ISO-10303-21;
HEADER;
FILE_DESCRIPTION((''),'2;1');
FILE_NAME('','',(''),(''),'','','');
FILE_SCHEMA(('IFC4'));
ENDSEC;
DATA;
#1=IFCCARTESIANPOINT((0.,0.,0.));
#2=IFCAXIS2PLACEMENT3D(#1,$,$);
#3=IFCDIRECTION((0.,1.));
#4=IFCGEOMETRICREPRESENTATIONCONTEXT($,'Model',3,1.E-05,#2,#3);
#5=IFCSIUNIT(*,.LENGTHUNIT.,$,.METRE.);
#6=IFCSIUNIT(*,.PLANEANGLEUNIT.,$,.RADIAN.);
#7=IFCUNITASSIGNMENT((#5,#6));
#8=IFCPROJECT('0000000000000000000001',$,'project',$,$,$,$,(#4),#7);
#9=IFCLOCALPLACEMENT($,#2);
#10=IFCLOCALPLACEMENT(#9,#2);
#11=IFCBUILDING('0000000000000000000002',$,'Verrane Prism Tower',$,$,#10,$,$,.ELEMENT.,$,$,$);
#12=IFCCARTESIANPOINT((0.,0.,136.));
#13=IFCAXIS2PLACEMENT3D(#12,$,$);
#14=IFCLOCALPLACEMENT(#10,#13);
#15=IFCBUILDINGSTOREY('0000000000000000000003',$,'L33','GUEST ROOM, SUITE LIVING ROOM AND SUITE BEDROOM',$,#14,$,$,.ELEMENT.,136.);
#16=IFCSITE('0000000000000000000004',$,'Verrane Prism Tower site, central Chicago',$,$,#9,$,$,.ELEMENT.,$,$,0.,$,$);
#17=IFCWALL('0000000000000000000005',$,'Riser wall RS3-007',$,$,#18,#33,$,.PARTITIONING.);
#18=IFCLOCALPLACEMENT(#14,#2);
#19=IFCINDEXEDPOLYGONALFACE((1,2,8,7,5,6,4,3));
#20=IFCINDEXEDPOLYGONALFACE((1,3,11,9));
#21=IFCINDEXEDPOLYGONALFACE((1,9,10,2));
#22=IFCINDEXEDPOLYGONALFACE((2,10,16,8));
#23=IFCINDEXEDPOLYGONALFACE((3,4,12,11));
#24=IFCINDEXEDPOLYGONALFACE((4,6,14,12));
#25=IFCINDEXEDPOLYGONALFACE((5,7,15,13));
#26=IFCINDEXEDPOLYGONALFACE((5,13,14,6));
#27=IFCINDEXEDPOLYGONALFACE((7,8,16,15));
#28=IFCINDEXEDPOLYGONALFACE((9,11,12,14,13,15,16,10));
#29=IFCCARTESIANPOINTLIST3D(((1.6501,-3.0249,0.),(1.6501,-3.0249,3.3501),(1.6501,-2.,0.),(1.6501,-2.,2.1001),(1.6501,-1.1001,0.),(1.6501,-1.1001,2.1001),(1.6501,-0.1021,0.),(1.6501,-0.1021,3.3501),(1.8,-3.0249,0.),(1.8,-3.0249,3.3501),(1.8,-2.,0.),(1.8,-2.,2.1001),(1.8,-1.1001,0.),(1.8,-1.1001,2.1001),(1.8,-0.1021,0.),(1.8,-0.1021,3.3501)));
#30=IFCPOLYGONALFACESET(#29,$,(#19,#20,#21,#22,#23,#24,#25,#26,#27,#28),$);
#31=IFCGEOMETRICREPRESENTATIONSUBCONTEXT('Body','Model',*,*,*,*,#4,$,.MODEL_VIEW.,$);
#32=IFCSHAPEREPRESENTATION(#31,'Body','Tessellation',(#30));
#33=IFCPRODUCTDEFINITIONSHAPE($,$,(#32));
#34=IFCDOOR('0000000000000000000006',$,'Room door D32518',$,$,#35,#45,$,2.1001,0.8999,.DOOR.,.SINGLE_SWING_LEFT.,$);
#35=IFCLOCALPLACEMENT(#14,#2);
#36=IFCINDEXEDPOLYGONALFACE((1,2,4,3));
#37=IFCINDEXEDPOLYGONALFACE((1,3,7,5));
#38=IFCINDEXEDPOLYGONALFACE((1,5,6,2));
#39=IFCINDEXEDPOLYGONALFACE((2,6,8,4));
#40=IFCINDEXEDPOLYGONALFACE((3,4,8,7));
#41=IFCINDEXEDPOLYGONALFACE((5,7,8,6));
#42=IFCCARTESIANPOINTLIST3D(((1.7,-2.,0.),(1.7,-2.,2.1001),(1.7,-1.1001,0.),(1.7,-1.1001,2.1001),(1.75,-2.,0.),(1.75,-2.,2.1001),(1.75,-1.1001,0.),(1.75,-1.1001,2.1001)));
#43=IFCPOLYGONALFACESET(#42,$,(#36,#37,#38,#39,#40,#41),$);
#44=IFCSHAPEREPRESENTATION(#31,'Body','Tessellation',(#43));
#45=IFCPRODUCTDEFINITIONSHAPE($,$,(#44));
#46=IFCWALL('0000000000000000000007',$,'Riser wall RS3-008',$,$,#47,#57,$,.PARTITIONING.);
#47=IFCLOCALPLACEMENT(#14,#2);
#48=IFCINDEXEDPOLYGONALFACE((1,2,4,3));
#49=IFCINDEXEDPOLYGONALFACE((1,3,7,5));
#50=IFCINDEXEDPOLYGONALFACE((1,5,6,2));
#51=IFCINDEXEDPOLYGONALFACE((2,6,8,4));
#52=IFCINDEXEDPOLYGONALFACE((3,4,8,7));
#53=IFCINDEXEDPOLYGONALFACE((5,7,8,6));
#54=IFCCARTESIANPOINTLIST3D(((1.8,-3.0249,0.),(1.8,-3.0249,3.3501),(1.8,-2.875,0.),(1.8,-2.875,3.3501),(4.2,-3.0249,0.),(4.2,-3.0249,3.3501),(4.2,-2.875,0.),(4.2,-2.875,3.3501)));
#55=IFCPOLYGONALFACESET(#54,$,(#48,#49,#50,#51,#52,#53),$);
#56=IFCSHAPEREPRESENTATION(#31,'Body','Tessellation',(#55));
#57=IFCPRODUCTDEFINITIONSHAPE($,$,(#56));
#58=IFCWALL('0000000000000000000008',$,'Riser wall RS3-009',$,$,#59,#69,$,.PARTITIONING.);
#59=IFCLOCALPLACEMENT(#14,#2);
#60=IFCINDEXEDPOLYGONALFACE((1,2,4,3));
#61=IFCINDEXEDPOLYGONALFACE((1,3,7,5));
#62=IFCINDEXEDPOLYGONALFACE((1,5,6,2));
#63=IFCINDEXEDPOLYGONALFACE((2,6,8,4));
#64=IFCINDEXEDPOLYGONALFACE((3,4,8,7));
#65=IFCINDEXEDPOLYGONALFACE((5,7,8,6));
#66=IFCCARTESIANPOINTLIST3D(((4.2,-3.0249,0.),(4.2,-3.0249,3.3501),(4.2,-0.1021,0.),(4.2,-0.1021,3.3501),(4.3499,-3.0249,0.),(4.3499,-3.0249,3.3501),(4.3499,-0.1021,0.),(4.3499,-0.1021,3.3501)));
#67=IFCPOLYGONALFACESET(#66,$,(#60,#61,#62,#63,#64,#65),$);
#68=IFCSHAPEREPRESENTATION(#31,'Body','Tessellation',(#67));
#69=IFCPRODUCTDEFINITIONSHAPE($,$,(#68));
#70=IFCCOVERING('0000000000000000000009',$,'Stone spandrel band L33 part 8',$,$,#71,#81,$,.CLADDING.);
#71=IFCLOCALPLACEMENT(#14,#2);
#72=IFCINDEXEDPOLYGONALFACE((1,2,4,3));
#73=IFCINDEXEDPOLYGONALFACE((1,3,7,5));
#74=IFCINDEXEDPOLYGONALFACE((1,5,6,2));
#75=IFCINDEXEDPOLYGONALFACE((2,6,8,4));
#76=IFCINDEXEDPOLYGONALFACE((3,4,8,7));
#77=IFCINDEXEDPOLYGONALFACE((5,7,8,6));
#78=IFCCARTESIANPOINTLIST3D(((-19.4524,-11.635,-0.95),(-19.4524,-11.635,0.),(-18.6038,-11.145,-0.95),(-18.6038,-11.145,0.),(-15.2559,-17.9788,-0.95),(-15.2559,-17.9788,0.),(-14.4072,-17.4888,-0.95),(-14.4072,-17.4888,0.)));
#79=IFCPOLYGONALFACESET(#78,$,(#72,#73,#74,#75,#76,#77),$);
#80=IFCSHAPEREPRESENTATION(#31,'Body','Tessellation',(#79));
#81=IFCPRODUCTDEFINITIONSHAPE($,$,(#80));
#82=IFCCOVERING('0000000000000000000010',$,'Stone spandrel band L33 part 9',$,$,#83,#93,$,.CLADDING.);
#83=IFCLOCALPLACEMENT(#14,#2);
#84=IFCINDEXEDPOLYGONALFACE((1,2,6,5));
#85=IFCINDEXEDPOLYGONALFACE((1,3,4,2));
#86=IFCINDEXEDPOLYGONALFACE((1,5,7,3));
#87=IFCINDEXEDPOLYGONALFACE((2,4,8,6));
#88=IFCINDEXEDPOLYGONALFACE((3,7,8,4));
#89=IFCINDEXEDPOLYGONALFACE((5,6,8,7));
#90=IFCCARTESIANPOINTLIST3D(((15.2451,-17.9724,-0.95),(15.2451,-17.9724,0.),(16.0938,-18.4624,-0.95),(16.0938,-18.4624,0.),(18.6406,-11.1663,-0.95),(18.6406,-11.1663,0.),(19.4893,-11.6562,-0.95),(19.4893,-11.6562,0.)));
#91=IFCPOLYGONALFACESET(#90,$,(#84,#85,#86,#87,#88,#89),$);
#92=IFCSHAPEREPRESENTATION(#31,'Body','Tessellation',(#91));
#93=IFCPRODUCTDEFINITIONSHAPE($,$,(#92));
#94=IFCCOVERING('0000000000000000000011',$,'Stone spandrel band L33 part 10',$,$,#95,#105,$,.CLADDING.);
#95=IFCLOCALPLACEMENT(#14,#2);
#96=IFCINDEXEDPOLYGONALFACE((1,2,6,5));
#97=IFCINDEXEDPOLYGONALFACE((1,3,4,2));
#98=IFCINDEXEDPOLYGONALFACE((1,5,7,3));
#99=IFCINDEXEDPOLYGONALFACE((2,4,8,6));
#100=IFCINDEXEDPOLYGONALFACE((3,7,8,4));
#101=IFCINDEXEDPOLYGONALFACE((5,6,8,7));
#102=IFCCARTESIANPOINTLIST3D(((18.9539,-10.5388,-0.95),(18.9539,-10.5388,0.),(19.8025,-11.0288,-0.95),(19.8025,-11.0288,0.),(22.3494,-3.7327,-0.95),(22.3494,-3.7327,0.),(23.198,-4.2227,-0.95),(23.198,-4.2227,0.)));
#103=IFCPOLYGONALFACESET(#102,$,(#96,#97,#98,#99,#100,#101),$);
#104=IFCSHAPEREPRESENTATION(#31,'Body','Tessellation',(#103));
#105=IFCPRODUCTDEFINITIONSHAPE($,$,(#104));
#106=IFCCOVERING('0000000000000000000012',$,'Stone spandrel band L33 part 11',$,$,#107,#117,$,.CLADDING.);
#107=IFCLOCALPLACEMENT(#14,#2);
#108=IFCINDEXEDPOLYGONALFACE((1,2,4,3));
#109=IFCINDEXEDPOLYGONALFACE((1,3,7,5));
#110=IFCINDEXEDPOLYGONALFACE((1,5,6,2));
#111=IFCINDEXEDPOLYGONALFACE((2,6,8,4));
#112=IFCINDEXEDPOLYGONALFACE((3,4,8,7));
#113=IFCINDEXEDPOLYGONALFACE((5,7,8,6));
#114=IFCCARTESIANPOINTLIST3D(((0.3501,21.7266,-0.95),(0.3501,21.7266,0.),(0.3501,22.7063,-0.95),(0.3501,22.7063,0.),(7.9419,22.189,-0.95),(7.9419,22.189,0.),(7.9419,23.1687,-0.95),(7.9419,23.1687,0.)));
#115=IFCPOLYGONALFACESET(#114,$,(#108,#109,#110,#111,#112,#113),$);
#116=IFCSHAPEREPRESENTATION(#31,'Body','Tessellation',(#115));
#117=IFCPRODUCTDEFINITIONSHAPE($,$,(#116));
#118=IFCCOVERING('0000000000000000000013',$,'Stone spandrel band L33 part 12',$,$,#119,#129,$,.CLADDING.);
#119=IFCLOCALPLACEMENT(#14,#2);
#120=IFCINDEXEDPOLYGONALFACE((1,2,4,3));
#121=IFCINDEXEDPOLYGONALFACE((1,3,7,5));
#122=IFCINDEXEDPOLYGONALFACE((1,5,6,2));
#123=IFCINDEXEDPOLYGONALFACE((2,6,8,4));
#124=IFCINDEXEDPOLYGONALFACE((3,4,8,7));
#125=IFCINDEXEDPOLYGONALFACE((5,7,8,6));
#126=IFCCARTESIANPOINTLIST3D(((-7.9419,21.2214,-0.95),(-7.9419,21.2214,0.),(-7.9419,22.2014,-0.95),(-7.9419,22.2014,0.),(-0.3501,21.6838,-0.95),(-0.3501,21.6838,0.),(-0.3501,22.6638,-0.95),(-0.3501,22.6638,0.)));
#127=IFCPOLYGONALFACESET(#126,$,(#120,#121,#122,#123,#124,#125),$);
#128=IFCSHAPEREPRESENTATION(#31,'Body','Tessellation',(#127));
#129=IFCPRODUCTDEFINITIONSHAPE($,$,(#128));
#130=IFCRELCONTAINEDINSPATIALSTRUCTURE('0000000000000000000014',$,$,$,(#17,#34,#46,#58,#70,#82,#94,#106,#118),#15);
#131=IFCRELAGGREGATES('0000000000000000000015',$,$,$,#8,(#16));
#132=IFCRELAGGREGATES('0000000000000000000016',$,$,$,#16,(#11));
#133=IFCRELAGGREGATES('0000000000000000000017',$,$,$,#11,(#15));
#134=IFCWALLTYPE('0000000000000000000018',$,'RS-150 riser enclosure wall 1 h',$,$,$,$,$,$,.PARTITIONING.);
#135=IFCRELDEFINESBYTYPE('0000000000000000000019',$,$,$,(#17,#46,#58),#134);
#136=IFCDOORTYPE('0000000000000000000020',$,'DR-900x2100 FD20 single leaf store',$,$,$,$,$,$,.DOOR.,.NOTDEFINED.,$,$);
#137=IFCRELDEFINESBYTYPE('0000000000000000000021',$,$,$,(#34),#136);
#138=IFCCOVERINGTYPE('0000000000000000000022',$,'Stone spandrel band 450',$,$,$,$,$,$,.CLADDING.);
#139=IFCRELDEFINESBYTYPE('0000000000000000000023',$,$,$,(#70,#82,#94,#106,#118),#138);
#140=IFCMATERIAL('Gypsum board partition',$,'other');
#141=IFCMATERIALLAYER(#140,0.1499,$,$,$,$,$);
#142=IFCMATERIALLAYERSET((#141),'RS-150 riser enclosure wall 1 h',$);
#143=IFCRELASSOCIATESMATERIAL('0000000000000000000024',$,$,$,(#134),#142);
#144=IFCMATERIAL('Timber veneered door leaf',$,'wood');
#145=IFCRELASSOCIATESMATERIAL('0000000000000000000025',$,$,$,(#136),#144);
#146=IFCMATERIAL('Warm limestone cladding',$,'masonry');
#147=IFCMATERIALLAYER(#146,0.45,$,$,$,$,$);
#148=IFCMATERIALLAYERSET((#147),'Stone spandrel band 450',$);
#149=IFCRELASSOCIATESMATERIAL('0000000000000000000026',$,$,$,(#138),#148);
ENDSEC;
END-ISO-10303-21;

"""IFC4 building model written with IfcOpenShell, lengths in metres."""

from ifc_helpers import new_model, si_unit, direction, frame, frame_2d, origin, place, context, subcontext, project, spatial, polyline, rectangle, outline, extrude, material, layer, layer_set, type_object, element, fill, save


model = new_model("IFC4")

# Units and contexts
model_context = context("Model", 3, precision=1e-05, world=origin(), true_north=direction((0.0, 1.0)))
body_context = subcontext(model_context, "Body", "Model", "MODEL_VIEW")
ifc_project = project(units=[si_unit("LENGTHUNIT", "METRE"), si_unit("PLANEANGLEUNIT", "RADIAN")], contexts=[model_context])

# Site, building, storey
site_placement = place(None, origin())
site = spatial("IfcSite", under=ifc_project, at=site_placement, Name="Verrane Prism Tower site, central Chicago", CompositionType="ELEMENT", RefElevation=0.0)
building_placement = place(site_placement, origin())
building = spatial("IfcBuilding", under=site, at=building_placement, Name="Verrane Prism Tower", CompositionType="ELEMENT")
storey_placement = place(building_placement, frame((0.0, 0.0, 136.0)))
storey = spatial("IfcBuildingStorey", under=building, at=storey_placement, Name="L33", Description="GUEST ROOM, SUITE LIVING ROOM AND SUITE BEDROOM", CompositionType="ELEMENT", Elevation=136.0)

# Wall, opening, door
ifc_material_1 = material(Name="Gypsum board partition", Category="other")
ifc_layer_1 = layer(ifc_material_1, 0.1499)
ifc_layer_set_1 = layer_set([ifc_layer_1], Name="RS-150 riser enclosure wall 1 h")
wall_type_1 = type_object("IfcWallType", Name="RS-150 riser enclosure wall 1 h", PredefinedType="PARTITIONING", material=ifc_layer_set_1)
wall_1_placement = place(storey_placement, frame((1.7251, -0.1021, 0.0), z_axis=(0.0, 0.0, 1.0), x_axis=(0.0, -1.0, 0.0)))
wall_1 = element("IfcWall", 1, at=wall_1_placement, inside=storey, type_object=wall_type_1, Name="Riser wall RS3-007", PredefinedType="PARTITIONING", context=body_context, shape_type="SweptSolid", body=[
    extrude(rectangle(XDim=2.9229, YDim=0.1499, at=frame_2d((1.4614, 0.0))), origin(), (0.0, 0.0, 1.0), 3.3501),
])
opening_1_placement = place(wall_1_placement, frame((0.998, 0.0, 0.0)))
opening_1 = element("IfcOpeningElement", 2, at=opening_1_placement, cuts=wall_1, PredefinedType="OPENING", context=body_context, shape_type="SweptSolid", body=[
    extrude(rectangle(XDim=0.8999, YDim=2.1001, at=frame_2d((0.45, 1.05))), frame((0.0, 0.085, 0.0), z_axis=(0.0, -1.0, 0.0), x_axis=(1.0, 0.0, 0.0)), (0.0, 0.0, 1.0), 0.1699),
])
ifc_material_2 = material(Name="Timber veneered door leaf", Category="wood")
door_type_1 = type_object("IfcDoorType", Name="DR-900x2100 FD20 single leaf store", OperationType="NOTDEFINED", PredefinedType="DOOR", material=ifc_material_2)
door_1_placement = place(opening_1_placement, origin())
door_1 = element("IfcDoor", 3, at=door_1_placement, inside=storey, type_object=door_type_1, Name="Room door D32518", OperationType="SINGLE_SWING_LEFT", OverallHeight=2.1001, OverallWidth=0.8999, PredefinedType="DOOR", context=body_context, shape_type="SweptSolid", body=[
    extrude(rectangle(XDim=0.8999, YDim=2.1001, at=frame_2d((0.45, 1.05))), frame((0.0, 0.0249, 0.0), z_axis=(0.0, -1.0, 0.0), x_axis=(1.0, 0.0, 0.0)), (0.0, 0.0, 1.0), 0.05),
])
fill(opening_1, door_1)

# Walls
wall_2_placement = place(storey_placement, frame((1.8, -2.95, 0.0), z_axis=(0.0, 0.0, 1.0), x_axis=(1.0, 0.0, 0.0)))
element("IfcWall", 4, at=wall_2_placement, inside=storey, type_object=wall_type_1, Name="Riser wall RS3-008", PredefinedType="PARTITIONING", context=body_context, shape_type="SweptSolid", body=[
    extrude(rectangle(XDim=2.3999, YDim=0.1499, at=frame_2d((1.2, 0.0))), origin(), (0.0, 0.0, 1.0), 3.3501),
])
wall_3_placement = place(storey_placement, frame((4.2749, -3.0249, 0.0), z_axis=(0.0, 0.0, 1.0), x_axis=(0.0, 1.0, 0.0)))
element("IfcWall", 5, at=wall_3_placement, inside=storey, type_object=wall_type_1, Name="Riser wall RS3-009", PredefinedType="PARTITIONING", context=body_context, shape_type="SweptSolid", body=[
    extrude(rectangle(XDim=2.9229, YDim=0.1499, at=frame_2d((1.4614, 0.0))), origin(), (0.0, 0.0, 1.0), 3.3501),
])

# Coverings
ifc_material_3 = material(Name="Warm limestone cladding", Category="masonry")
ifc_layer_2 = layer(ifc_material_3, 0.45)
ifc_layer_set_2 = layer_set([ifc_layer_2], Name="Stone spandrel band 450")
covering_type = type_object("IfcCoveringType", Name="Stone spandrel band 450", PredefinedType="CLADDING", material=ifc_layer_set_2)
covering_1_placement = place(storey_placement, frame((0.0, 0.0, -0.95)))
element("IfcCovering", 6, at=covering_1_placement, inside=storey, type_object=covering_type, Name="Stone spandrel band L33 part 8", PredefinedType="CLADDING", context=body_context, shape_type="SweptSolid", body=[
    extrude(outline(polyline([(-14.4072, -17.4888), (-18.6038, -11.145), (-19.4524, -11.635), (-15.2559, -17.9788), (-14.4072, -17.4888)])), origin(), (0.0, 0.0, 1.0), 0.95),
])
covering_2_placement = place(storey_placement, frame((0.0, 0.0, -0.95)))
element("IfcCovering", 7, at=covering_2_placement, inside=storey, type_object=covering_type, Name="Stone spandrel band L33 part 9", PredefinedType="CLADDING", context=body_context, shape_type="SweptSolid", body=[
    extrude(outline(polyline([(18.6406, -11.1663), (15.2451, -17.9724), (16.0938, -18.4624), (19.4893, -11.6562), (18.6406, -11.1663)])), origin(), (0.0, 0.0, 1.0), 0.95),
])
covering_3_placement = place(storey_placement, frame((0.0, 0.0, -0.95)))
element("IfcCovering", 8, at=covering_3_placement, inside=storey, type_object=covering_type, Name="Stone spandrel band L33 part 10", PredefinedType="CLADDING", context=body_context, shape_type="SweptSolid", body=[
    extrude(outline(polyline([(22.3494, -3.7327), (18.9539, -10.5388), (19.8025, -11.0288), (23.198, -4.2227), (22.3494, -3.7327)])), origin(), (0.0, 0.0, 1.0), 0.95),
])
covering_4_placement = place(storey_placement, frame((0.0, 0.0, -0.95)))
element("IfcCovering", 9, at=covering_4_placement, inside=storey, type_object=covering_type, Name="Stone spandrel band L33 part 11", PredefinedType="CLADDING", context=body_context, shape_type="SweptSolid", body=[
    extrude(outline(polyline([(0.3501, 22.7063), (0.3501, 21.7266), (7.9419, 22.189), (7.9419, 23.1687), (0.3501, 22.7063)])), origin(), (0.0, 0.0, 1.0), 0.95),
])
covering_5_placement = place(storey_placement, frame((0.0, 0.0, -0.95)))
element("IfcCovering", 10, at=covering_5_placement, inside=storey, type_object=covering_type, Name="Stone spandrel band L33 part 12", PredefinedType="CLADDING", context=body_context, shape_type="SweptSolid", body=[
    extrude(outline(polyline([(-7.9419, 22.2014), (-7.9419, 21.2214), (-0.3501, 21.6838), (-0.3501, 22.6638), (-7.9419, 22.2014)])), origin(), (0.0, 0.0, 1.0), 0.95),
])

save(model, "model.ifc")
